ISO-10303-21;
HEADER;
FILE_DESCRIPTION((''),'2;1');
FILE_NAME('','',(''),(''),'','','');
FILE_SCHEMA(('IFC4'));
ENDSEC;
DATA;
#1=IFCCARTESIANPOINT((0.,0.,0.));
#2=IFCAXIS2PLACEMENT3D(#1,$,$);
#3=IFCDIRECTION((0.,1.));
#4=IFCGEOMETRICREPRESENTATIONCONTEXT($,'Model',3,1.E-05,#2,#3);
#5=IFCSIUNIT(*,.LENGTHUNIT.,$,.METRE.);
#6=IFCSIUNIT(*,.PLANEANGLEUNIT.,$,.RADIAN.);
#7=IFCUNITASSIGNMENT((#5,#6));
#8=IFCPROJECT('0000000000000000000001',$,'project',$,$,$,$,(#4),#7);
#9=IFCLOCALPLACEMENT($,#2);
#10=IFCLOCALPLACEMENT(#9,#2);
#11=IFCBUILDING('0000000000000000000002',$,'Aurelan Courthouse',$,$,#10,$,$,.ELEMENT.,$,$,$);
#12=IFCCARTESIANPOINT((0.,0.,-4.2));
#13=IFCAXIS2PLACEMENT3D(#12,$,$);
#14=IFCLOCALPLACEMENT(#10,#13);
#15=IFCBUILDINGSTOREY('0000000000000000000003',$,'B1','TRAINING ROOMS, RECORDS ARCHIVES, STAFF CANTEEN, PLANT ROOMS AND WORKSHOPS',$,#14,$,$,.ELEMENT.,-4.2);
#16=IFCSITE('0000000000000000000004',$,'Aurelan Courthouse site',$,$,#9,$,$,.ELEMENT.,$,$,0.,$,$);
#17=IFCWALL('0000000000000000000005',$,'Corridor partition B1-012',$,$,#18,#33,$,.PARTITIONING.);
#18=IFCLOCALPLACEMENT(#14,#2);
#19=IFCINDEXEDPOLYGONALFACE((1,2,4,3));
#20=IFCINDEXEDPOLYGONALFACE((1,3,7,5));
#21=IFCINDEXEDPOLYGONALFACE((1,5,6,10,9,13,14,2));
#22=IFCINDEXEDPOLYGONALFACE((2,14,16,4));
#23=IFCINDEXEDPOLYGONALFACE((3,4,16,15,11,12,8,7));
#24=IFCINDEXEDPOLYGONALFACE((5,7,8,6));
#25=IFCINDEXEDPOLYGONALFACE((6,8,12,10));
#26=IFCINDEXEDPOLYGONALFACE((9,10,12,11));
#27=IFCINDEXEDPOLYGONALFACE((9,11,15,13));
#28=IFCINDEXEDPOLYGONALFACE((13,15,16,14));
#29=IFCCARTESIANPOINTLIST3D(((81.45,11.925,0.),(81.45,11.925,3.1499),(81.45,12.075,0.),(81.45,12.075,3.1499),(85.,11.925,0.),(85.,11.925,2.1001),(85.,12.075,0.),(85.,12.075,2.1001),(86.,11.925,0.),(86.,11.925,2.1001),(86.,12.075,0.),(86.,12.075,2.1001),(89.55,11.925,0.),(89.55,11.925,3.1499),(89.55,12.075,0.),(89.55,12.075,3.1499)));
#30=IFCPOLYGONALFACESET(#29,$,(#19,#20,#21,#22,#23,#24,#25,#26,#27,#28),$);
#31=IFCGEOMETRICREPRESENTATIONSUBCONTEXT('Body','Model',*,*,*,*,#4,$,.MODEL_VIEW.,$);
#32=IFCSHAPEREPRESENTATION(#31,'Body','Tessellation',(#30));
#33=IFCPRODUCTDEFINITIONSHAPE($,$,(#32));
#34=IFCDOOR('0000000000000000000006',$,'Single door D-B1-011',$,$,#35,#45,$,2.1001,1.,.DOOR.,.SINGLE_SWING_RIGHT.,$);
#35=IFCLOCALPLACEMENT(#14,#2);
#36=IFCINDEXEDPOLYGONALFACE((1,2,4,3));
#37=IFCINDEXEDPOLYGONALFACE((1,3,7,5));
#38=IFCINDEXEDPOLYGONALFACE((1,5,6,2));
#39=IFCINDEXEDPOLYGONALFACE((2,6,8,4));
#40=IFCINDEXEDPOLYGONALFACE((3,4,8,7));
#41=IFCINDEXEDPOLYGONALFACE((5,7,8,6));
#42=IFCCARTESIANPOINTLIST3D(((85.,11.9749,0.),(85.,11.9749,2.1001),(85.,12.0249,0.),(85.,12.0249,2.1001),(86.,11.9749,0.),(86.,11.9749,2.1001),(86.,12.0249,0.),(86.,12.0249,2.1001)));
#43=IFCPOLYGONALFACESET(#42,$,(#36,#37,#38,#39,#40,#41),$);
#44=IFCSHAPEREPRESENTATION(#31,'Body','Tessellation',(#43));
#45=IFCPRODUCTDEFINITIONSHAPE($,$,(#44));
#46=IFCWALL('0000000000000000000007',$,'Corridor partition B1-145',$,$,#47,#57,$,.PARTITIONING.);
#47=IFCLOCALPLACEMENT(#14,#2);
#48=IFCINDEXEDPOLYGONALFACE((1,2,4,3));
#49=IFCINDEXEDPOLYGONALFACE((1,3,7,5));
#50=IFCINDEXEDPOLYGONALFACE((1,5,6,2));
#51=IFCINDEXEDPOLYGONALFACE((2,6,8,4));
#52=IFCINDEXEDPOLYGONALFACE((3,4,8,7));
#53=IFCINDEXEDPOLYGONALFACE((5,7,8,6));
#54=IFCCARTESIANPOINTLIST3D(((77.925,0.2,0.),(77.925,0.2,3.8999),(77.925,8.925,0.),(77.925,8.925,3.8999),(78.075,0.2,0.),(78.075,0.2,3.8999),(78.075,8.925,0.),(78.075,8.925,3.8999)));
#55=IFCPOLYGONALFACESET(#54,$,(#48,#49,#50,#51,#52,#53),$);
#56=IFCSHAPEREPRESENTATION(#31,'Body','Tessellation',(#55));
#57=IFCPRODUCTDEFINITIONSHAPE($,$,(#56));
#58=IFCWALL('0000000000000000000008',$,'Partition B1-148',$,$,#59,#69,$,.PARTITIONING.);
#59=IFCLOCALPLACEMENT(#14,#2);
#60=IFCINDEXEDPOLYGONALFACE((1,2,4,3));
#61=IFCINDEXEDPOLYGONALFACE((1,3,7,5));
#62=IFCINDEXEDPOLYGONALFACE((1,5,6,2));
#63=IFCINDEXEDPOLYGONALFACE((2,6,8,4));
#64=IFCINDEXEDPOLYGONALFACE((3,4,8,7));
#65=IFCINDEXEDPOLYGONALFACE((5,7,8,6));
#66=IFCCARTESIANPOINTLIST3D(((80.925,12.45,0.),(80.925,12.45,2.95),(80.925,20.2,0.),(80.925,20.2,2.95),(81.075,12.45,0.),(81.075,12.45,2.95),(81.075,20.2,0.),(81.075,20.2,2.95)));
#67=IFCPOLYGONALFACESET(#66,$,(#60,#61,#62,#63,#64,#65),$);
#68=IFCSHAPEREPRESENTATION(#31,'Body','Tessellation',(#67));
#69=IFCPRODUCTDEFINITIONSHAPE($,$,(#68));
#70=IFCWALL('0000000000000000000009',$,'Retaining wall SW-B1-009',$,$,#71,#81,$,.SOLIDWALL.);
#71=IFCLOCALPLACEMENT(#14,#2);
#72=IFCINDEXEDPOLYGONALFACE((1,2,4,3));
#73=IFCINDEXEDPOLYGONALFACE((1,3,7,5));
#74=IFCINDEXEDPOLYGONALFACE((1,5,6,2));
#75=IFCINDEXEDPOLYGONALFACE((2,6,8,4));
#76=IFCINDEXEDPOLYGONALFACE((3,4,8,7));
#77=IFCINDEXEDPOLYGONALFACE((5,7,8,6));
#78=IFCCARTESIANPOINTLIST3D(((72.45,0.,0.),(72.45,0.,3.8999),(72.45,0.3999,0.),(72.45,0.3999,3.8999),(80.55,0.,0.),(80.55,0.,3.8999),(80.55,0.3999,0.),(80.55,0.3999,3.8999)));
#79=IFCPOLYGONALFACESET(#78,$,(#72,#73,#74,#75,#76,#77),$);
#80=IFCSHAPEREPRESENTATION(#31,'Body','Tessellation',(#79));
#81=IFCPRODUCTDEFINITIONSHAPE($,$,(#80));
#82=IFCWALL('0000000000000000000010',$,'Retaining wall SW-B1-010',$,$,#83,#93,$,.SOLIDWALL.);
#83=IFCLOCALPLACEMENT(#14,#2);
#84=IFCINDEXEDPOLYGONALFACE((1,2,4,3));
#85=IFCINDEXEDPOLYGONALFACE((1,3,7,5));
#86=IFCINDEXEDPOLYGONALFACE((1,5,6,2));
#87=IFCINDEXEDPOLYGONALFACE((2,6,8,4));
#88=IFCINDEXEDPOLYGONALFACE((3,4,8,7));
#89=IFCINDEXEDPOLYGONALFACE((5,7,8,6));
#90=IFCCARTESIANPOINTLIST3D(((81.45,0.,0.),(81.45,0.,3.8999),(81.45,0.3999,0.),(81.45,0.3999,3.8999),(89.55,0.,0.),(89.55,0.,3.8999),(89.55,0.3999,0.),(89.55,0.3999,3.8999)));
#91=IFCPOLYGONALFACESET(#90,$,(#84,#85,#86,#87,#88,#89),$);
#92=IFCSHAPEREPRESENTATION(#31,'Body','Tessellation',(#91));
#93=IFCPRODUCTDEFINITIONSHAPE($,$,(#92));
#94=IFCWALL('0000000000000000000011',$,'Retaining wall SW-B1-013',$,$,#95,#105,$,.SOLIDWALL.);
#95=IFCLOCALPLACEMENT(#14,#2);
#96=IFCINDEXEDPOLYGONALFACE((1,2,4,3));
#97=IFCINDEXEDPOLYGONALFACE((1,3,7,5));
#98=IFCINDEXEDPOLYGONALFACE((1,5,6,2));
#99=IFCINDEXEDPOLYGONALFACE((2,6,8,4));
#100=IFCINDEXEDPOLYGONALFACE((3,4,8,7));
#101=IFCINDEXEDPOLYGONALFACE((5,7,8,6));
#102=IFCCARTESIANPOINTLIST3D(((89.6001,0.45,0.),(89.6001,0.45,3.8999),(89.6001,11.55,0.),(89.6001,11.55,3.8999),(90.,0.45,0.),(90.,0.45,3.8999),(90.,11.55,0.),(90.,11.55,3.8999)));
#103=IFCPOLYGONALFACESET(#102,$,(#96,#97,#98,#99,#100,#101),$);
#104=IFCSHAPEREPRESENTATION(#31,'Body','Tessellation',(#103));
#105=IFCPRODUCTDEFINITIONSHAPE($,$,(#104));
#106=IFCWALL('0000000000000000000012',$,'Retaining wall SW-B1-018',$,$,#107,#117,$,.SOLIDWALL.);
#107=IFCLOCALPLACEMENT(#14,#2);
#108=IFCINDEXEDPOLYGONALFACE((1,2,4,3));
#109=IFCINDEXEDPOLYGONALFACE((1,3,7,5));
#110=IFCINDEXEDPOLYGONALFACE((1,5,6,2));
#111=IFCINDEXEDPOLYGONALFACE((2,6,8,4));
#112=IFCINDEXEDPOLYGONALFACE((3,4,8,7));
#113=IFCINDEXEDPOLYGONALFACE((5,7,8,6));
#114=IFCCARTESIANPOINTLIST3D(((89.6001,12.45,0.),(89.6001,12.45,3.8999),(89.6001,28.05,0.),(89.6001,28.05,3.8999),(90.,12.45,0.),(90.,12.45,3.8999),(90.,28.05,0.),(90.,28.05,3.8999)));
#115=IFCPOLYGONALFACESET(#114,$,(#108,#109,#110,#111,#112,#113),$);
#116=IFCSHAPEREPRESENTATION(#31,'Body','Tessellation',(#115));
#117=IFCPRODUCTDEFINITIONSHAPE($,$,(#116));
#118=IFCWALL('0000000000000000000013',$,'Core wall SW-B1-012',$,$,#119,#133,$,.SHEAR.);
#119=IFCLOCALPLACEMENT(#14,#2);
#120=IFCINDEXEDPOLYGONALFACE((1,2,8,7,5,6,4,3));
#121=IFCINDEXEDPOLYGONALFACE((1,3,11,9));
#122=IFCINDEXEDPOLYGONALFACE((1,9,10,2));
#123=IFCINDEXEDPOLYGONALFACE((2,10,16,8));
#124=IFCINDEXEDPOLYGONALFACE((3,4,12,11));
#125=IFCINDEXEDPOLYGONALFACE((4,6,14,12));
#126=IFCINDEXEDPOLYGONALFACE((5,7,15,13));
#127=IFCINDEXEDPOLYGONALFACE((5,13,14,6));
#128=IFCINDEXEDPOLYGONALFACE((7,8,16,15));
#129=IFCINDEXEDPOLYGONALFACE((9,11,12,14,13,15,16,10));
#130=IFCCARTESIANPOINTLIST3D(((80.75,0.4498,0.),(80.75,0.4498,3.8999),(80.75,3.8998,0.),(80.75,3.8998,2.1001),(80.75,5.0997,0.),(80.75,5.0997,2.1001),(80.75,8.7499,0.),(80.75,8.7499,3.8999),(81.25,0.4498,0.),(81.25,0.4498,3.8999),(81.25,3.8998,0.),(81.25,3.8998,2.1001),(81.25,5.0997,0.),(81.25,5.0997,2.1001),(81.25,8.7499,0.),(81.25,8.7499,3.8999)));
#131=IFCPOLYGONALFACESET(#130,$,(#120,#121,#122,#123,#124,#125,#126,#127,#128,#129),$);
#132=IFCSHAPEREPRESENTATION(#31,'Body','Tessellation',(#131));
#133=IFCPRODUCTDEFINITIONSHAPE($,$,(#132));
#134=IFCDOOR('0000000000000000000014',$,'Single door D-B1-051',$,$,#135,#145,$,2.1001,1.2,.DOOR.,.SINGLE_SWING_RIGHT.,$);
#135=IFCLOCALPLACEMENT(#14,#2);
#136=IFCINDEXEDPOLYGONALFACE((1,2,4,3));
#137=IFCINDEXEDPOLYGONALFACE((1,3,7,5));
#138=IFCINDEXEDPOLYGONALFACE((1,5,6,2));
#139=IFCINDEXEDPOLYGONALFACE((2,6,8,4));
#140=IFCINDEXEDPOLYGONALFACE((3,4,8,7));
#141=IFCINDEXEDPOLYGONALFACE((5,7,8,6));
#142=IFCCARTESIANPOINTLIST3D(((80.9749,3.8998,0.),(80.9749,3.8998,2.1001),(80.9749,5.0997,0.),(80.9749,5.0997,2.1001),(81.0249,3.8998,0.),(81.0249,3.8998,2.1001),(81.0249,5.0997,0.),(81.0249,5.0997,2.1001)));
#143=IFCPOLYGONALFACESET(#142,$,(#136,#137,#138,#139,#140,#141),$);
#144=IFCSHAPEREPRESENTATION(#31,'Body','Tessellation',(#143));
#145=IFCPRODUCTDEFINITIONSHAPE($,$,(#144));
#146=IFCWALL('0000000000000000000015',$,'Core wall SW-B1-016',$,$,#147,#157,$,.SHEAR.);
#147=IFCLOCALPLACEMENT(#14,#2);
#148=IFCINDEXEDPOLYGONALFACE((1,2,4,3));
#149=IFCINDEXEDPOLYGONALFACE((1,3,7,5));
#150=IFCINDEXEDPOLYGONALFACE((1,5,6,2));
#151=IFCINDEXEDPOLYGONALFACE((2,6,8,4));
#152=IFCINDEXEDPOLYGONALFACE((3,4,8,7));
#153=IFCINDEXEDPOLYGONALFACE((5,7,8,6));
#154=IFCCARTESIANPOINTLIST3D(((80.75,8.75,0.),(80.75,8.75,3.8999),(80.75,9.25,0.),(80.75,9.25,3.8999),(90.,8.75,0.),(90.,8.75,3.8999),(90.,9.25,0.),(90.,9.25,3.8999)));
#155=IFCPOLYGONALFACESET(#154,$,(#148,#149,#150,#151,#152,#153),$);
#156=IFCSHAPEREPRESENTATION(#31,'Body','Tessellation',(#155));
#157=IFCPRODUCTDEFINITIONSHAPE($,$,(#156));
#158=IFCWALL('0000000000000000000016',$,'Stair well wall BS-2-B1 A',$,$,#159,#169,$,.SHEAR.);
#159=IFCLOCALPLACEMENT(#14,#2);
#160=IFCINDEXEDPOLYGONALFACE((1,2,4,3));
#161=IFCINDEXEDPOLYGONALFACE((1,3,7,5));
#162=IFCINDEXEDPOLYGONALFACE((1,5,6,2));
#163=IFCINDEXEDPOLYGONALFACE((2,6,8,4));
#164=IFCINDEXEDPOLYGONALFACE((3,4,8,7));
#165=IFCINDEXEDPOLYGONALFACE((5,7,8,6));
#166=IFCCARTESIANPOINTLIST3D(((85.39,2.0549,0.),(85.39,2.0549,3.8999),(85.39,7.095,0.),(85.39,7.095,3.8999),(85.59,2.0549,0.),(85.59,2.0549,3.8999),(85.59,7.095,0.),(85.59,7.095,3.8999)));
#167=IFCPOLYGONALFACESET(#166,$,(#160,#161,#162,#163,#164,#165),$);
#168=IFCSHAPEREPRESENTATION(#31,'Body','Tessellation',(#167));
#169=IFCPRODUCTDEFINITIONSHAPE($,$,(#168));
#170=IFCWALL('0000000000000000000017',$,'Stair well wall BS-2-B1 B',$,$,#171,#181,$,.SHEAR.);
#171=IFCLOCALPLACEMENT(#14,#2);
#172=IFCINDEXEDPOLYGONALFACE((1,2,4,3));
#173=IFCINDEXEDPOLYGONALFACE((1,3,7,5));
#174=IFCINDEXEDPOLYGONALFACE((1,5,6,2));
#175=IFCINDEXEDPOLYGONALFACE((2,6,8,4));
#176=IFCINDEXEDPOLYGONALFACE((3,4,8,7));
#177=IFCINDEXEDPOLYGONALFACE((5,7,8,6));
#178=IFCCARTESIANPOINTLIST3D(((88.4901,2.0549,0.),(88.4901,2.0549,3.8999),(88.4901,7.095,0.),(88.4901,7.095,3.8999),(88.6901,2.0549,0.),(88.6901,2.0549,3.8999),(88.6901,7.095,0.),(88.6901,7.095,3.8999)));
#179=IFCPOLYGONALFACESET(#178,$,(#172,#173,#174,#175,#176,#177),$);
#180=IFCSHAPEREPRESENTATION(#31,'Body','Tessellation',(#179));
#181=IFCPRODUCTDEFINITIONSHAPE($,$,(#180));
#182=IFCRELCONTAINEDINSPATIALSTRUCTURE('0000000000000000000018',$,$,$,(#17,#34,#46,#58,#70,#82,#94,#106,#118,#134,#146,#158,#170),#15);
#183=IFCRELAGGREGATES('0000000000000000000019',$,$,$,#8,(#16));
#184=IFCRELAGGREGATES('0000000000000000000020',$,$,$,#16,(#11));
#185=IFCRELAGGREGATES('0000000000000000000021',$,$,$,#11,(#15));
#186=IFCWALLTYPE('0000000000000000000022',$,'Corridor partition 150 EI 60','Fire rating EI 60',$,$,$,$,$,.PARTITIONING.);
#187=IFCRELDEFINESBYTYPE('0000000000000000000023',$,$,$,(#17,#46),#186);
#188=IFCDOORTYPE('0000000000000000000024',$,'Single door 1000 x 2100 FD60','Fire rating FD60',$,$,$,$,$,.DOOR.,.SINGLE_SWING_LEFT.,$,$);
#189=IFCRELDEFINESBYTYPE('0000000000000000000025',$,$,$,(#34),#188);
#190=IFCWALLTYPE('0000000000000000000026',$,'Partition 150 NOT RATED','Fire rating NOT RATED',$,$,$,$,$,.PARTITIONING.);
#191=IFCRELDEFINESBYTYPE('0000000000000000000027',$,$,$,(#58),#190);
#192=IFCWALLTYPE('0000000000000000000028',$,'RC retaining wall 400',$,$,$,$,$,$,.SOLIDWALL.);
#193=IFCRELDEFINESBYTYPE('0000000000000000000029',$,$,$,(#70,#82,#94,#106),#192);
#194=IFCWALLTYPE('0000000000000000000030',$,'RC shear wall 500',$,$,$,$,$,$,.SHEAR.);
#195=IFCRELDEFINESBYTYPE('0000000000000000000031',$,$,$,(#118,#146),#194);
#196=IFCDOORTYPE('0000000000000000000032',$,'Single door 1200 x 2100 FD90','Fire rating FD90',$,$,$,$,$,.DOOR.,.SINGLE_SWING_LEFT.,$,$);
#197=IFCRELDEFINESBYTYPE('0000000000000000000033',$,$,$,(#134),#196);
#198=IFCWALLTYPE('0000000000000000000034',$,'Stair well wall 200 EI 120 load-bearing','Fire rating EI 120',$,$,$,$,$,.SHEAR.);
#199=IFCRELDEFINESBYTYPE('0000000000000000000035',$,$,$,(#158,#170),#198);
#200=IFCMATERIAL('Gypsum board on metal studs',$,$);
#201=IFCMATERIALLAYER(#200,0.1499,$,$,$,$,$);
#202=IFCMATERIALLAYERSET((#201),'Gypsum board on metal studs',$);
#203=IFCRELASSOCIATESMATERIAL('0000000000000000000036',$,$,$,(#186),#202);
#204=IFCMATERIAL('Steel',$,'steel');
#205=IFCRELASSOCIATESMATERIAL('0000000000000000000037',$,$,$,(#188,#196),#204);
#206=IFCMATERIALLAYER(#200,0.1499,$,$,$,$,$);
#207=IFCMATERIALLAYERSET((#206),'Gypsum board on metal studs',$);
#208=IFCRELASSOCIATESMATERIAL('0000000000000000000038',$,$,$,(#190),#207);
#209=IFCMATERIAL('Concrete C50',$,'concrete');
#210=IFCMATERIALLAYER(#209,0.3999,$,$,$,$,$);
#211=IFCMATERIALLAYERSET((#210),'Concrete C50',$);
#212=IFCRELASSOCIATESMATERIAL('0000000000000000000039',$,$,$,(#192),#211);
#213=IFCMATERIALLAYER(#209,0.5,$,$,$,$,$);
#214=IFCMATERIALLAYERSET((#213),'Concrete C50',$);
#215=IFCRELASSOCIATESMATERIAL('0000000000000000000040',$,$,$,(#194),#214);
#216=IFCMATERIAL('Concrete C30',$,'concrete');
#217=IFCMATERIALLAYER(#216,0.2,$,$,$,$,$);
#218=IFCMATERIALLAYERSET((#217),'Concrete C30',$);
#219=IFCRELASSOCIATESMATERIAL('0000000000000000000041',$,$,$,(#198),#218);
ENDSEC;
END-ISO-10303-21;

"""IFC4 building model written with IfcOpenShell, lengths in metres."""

from ifc_helpers import new_model, si_unit, direction, frame, frame_2d, origin, place, context, subcontext, project, spatial, rectangle, extrude, material, layer, layer_set, type_object, element, fill, save


model = new_model("IFC4")

# Units and contexts
model_context = context("Model", 3, precision=1e-05, world=origin(), true_north=direction((0.0, 1.0)))
body_context = subcontext(model_context, "Body", "Model", "MODEL_VIEW")
ifc_project = project(units=[si_unit("LENGTHUNIT", "METRE"), si_unit("PLANEANGLEUNIT", "RADIAN")], contexts=[model_context])

# Site, building, storey
site_placement = place(None, origin())
site = spatial("IfcSite", under=ifc_project, at=site_placement, Name="Aurelan Courthouse site", CompositionType="ELEMENT", RefElevation=0.0)
building_placement = place(site_placement, origin())
building = spatial("IfcBuilding", under=site, at=building_placement, Name="Aurelan Courthouse", CompositionType="ELEMENT")
storey_placement = place(building_placement, frame((0.0, 0.0, -4.2)))
storey = spatial("IfcBuildingStorey", under=building, at=storey_placement, Name="B1", Description="TRAINING ROOMS, RECORDS ARCHIVES, STAFF CANTEEN, PLANT ROOMS AND WORKSHOPS", CompositionType="ELEMENT", Elevation=-4.2)

# Shared definitions
ifc_material_1 = material(Name="Concrete C50", Category="concrete")

# Wall, opening, door
ifc_material_2 = material(Name="Gypsum board on metal studs")
ifc_layer_1 = layer(ifc_material_2, 0.1499)
ifc_layer_set_1 = layer_set([ifc_layer_1], Name="Gypsum board on metal studs")
wall_type_1 = type_object("IfcWallType", Name="Corridor partition 150 EI 60", Description="Fire rating EI 60", PredefinedType="PARTITIONING", material=ifc_layer_set_1)
ifc_material_3 = material(Name="Steel", Category="steel")
wall_1_placement = place(storey_placement, frame((81.45, 12.0, 0.0), z_axis=(0.0, 0.0, 1.0), x_axis=(1.0, 0.0, 0.0)))
wall_1 = element("IfcWall", 1, at=wall_1_placement, inside=storey, type_object=wall_type_1, Name="Corridor partition B1-012", PredefinedType="PARTITIONING", context=body_context, shape_type="SweptSolid", body=[
    extrude(rectangle(XDim=8.1001, YDim=0.1499, at=frame_2d((4.05, 0.0))), origin(), (0.0, 0.0, 1.0), 3.1499),
])
opening_1_placement = place(wall_1_placement, frame((3.55, 0.0, 0.0)))
opening_1 = element("IfcOpeningElement", 2, at=opening_1_placement, cuts=wall_1, PredefinedType="OPENING", context=body_context, shape_type="SweptSolid", body=[
    extrude(rectangle(XDim=1.0, YDim=2.1001, at=frame_2d((0.5, 1.05))), frame((0.0, 0.085, 0.0), z_axis=(0.0, -1.0, 0.0), x_axis=(1.0, 0.0, 0.0)), (0.0, 0.0, 1.0), 0.1699),
])
door_type_1 = type_object("IfcDoorType", Name="Single door 1000 x 2100 FD60", Description="Fire rating FD60", OperationType="SINGLE_SWING_LEFT", PredefinedType="DOOR", material=ifc_material_3)
door_1_placement = place(opening_1_placement, origin())
door_1 = element("IfcDoor", 3, at=door_1_placement, inside=storey, type_object=door_type_1, Name="Single door D-B1-011", OperationType="SINGLE_SWING_RIGHT", OverallHeight=2.1001, OverallWidth=1.0, PredefinedType="DOOR", context=body_context, shape_type="SweptSolid", body=[
    extrude(rectangle(XDim=1.0, YDim=2.1001, at=frame_2d((0.5, 1.05))), frame((0.0, 0.0249, 0.0), z_axis=(0.0, -1.0, 0.0), x_axis=(1.0, 0.0, 0.0)), (0.0, 0.0, 1.0), 0.05),
])
fill(opening_1, door_1)

# Walls
wall_2_placement = place(storey_placement, frame((78.0, 0.2, 0.0), z_axis=(0.0, 0.0, 1.0), x_axis=(0.0, 1.0, 0.0)))
element("IfcWall", 4, at=wall_2_placement, inside=storey, type_object=wall_type_1, Name="Corridor partition B1-145", PredefinedType="PARTITIONING", context=body_context, shape_type="SweptSolid", body=[
    extrude(rectangle(XDim=8.7251, YDim=0.1499, at=frame_2d((4.3625, 0.0))), origin(), (0.0, 0.0, 1.0), 3.8999),
])
ifc_layer_2 = layer(ifc_material_2, 0.1499)
ifc_layer_set_2 = layer_set([ifc_layer_2], Name="Gypsum board on metal studs")
wall_type_2 = type_object("IfcWallType", Name="Partition 150 NOT RATED", Description="Fire rating NOT RATED", PredefinedType="PARTITIONING", material=ifc_layer_set_2)
wall_3_placement = place(storey_placement, frame((81.0, 12.45, 0.0), z_axis=(0.0, 0.0, 1.0), x_axis=(0.0, 1.0, 0.0)))
element("IfcWall", 5, at=wall_3_placement, inside=storey, type_object=wall_type_2, Name="Partition B1-148", PredefinedType="PARTITIONING", context=body_context, shape_type="SweptSolid", body=[
    extrude(rectangle(XDim=7.75, YDim=0.1499, at=frame_2d((3.875, 0.0))), origin(), (0.0, 0.0, 1.0), 2.95),
])
ifc_layer_3 = layer(ifc_material_1, 0.3999)
ifc_layer_set_3 = layer_set([ifc_layer_3], Name="Concrete C50")
wall_type_3 = type_object("IfcWallType", Name="RC retaining wall 400", PredefinedType="SOLIDWALL", material=ifc_layer_set_3)
for number, where, z_axis, x_axis, name in (
    (6, (72.45, 0.2, 0.0), (0.0, 0.0, 1.0), (1.0, 0.0, 0.0), "Retaining wall SW-B1-009"),
    (7, (81.45, 0.2, 0.0), (0.0, 0.0, 1.0), (1.0, 0.0, 0.0), "Retaining wall SW-B1-010"),
):
    element("IfcWall", number, at=place(storey_placement, frame(where, z_axis=z_axis, x_axis=x_axis)), inside=storey, type_object=wall_type_3, Name=name, PredefinedType="SOLIDWALL", context=body_context, shape_type="SweptSolid", body=[
        extrude(rectangle(XDim=8.1001, YDim=0.3999, at=frame_2d((4.05, 0.0))), origin(), (0.0, 0.0, 1.0), 3.8999),
    ])
wall_4_placement = place(storey_placement, frame((89.8, 0.45, 0.0), z_axis=(0.0, 0.0, 1.0), x_axis=(0.0, 1.0, 0.0)))
element("IfcWall", 8, at=wall_4_placement, inside=storey, type_object=wall_type_3, Name="Retaining wall SW-B1-013", PredefinedType="SOLIDWALL", context=body_context, shape_type="SweptSolid", body=[
    extrude(rectangle(XDim=11.1001, YDim=0.3999, at=frame_2d((5.55, 0.0))), origin(), (0.0, 0.0, 1.0), 3.8999),
])
wall_5_placement = place(storey_placement, frame((89.8, 12.45, 0.0), z_axis=(0.0, 0.0, 1.0), x_axis=(0.0, 1.0, 0.0)))
element("IfcWall", 9, at=wall_5_placement, inside=storey, type_object=wall_type_3, Name="Retaining wall SW-B1-018", PredefinedType="SOLIDWALL", context=body_context, shape_type="SweptSolid", body=[
    extrude(rectangle(XDim=15.6001, YDim=0.3999, at=frame_2d((7.8, 0.0))), origin(), (0.0, 0.0, 1.0), 3.8999),
])

# Wall, opening, door
ifc_layer_4 = layer(ifc_material_1, 0.5)
ifc_layer_set_4 = layer_set([ifc_layer_4], Name="Concrete C50")
wall_type_4 = type_object("IfcWallType", Name="RC shear wall 500", PredefinedType="SHEAR", material=ifc_layer_set_4)
wall_6_placement = place(storey_placement, frame((81.0, 0.45, 0.0), z_axis=(0.0, 0.0, 1.0), x_axis=(0.0, 1.0, 0.0)))
wall_6 = element("IfcWall", 10, at=wall_6_placement, inside=storey, type_object=wall_type_4, Name="Core wall SW-B1-012", PredefinedType="SHEAR", context=body_context, shape_type="SweptSolid", body=[
    extrude(rectangle(XDim=8.3, YDim=0.5, at=frame_2d((4.1499, 0.0))), origin(), (0.0, 0.0, 1.0), 3.8999),
])
opening_2_placement = place(wall_6_placement, frame((4.6499, 0.0, 0.0), z_axis=(0.0, 0.0, 1.0), x_axis=(-1.0, 0.0, 0.0)))
opening_2 = element("IfcOpeningElement", 11, at=opening_2_placement, cuts=wall_6, PredefinedType="OPENING", context=body_context, shape_type="SweptSolid", body=[
    extrude(rectangle(XDim=1.2, YDim=2.1001, at=frame_2d((0.6001, 1.05))), frame((0.0, 0.26, 0.0), z_axis=(0.0, -1.0, 0.0), x_axis=(1.0, 0.0, 0.0)), (0.0, 0.0, 1.0), 0.52),
])
door_type_2 = type_object("IfcDoorType", Name="Single door 1200 x 2100 FD90", Description="Fire rating FD90", OperationType="SINGLE_SWING_LEFT", PredefinedType="DOOR", material=ifc_material_3)
door_2_placement = place(opening_2_placement, origin())
door_2 = element("IfcDoor", 12, at=door_2_placement, inside=storey, type_object=door_type_2, Name="Single door D-B1-051", OperationType="SINGLE_SWING_RIGHT", OverallHeight=2.1001, OverallWidth=1.2, PredefinedType="DOOR", context=body_context, shape_type="SweptSolid", body=[
    extrude(rectangle(XDim=1.2, YDim=2.1001, at=frame_2d((0.6001, 1.05))), frame((0.0, 0.0249, 0.0), z_axis=(0.0, -1.0, 0.0), x_axis=(1.0, 0.0, 0.0)), (0.0, 0.0, 1.0), 0.05),
])
fill(opening_2, door_2)

# Walls
wall_7_placement = place(storey_placement, frame((80.75, 9.0, 0.0), z_axis=(0.0, 0.0, 1.0), x_axis=(1.0, 0.0, 0.0)))
element("IfcWall", 13, at=wall_7_placement, inside=storey, type_object=wall_type_4, Name="Core wall SW-B1-016", PredefinedType="SHEAR", context=body_context, shape_type="SweptSolid", body=[
    extrude(rectangle(XDim=9.25, YDim=0.5, at=frame_2d((4.625, 0.0))), origin(), (0.0, 0.0, 1.0), 3.8999),
])
ifc_material_4 = material(Name="Concrete C30", Category="concrete")
ifc_layer_5 = layer(ifc_material_4, 0.2)
ifc_layer_set_5 = layer_set([ifc_layer_5], Name="Concrete C30")
wall_type_5 = type_object("IfcWallType", Name="Stair well wall 200 EI 120 load-bearing", Description="Fire rating EI 120", PredefinedType="SHEAR", material=ifc_layer_set_5)
for number, where, z_axis, x_axis, name in (
    (14, (85.49, 2.0549, 0.0), (0.0, 0.0, 1.0), (0.0, 1.0, 0.0), "Stair well wall BS-2-B1 A"),
    (15, (88.5901, 2.0549, 0.0), (0.0, 0.0, 1.0), (0.0, 1.0, 0.0), "Stair well wall BS-2-B1 B"),
):
    element("IfcWall", number, at=place(storey_placement, frame(where, z_axis=z_axis, x_axis=x_axis)), inside=storey, type_object=wall_type_5, Name=name, PredefinedType="SHEAR", context=body_context, shape_type="SweptSolid", body=[
        extrude(rectangle(XDim=5.04, YDim=0.2, at=frame_2d((2.52, 0.0))), origin(), (0.0, 0.0, 1.0), 3.8999),
    ])

save(model, "model.ifc")
